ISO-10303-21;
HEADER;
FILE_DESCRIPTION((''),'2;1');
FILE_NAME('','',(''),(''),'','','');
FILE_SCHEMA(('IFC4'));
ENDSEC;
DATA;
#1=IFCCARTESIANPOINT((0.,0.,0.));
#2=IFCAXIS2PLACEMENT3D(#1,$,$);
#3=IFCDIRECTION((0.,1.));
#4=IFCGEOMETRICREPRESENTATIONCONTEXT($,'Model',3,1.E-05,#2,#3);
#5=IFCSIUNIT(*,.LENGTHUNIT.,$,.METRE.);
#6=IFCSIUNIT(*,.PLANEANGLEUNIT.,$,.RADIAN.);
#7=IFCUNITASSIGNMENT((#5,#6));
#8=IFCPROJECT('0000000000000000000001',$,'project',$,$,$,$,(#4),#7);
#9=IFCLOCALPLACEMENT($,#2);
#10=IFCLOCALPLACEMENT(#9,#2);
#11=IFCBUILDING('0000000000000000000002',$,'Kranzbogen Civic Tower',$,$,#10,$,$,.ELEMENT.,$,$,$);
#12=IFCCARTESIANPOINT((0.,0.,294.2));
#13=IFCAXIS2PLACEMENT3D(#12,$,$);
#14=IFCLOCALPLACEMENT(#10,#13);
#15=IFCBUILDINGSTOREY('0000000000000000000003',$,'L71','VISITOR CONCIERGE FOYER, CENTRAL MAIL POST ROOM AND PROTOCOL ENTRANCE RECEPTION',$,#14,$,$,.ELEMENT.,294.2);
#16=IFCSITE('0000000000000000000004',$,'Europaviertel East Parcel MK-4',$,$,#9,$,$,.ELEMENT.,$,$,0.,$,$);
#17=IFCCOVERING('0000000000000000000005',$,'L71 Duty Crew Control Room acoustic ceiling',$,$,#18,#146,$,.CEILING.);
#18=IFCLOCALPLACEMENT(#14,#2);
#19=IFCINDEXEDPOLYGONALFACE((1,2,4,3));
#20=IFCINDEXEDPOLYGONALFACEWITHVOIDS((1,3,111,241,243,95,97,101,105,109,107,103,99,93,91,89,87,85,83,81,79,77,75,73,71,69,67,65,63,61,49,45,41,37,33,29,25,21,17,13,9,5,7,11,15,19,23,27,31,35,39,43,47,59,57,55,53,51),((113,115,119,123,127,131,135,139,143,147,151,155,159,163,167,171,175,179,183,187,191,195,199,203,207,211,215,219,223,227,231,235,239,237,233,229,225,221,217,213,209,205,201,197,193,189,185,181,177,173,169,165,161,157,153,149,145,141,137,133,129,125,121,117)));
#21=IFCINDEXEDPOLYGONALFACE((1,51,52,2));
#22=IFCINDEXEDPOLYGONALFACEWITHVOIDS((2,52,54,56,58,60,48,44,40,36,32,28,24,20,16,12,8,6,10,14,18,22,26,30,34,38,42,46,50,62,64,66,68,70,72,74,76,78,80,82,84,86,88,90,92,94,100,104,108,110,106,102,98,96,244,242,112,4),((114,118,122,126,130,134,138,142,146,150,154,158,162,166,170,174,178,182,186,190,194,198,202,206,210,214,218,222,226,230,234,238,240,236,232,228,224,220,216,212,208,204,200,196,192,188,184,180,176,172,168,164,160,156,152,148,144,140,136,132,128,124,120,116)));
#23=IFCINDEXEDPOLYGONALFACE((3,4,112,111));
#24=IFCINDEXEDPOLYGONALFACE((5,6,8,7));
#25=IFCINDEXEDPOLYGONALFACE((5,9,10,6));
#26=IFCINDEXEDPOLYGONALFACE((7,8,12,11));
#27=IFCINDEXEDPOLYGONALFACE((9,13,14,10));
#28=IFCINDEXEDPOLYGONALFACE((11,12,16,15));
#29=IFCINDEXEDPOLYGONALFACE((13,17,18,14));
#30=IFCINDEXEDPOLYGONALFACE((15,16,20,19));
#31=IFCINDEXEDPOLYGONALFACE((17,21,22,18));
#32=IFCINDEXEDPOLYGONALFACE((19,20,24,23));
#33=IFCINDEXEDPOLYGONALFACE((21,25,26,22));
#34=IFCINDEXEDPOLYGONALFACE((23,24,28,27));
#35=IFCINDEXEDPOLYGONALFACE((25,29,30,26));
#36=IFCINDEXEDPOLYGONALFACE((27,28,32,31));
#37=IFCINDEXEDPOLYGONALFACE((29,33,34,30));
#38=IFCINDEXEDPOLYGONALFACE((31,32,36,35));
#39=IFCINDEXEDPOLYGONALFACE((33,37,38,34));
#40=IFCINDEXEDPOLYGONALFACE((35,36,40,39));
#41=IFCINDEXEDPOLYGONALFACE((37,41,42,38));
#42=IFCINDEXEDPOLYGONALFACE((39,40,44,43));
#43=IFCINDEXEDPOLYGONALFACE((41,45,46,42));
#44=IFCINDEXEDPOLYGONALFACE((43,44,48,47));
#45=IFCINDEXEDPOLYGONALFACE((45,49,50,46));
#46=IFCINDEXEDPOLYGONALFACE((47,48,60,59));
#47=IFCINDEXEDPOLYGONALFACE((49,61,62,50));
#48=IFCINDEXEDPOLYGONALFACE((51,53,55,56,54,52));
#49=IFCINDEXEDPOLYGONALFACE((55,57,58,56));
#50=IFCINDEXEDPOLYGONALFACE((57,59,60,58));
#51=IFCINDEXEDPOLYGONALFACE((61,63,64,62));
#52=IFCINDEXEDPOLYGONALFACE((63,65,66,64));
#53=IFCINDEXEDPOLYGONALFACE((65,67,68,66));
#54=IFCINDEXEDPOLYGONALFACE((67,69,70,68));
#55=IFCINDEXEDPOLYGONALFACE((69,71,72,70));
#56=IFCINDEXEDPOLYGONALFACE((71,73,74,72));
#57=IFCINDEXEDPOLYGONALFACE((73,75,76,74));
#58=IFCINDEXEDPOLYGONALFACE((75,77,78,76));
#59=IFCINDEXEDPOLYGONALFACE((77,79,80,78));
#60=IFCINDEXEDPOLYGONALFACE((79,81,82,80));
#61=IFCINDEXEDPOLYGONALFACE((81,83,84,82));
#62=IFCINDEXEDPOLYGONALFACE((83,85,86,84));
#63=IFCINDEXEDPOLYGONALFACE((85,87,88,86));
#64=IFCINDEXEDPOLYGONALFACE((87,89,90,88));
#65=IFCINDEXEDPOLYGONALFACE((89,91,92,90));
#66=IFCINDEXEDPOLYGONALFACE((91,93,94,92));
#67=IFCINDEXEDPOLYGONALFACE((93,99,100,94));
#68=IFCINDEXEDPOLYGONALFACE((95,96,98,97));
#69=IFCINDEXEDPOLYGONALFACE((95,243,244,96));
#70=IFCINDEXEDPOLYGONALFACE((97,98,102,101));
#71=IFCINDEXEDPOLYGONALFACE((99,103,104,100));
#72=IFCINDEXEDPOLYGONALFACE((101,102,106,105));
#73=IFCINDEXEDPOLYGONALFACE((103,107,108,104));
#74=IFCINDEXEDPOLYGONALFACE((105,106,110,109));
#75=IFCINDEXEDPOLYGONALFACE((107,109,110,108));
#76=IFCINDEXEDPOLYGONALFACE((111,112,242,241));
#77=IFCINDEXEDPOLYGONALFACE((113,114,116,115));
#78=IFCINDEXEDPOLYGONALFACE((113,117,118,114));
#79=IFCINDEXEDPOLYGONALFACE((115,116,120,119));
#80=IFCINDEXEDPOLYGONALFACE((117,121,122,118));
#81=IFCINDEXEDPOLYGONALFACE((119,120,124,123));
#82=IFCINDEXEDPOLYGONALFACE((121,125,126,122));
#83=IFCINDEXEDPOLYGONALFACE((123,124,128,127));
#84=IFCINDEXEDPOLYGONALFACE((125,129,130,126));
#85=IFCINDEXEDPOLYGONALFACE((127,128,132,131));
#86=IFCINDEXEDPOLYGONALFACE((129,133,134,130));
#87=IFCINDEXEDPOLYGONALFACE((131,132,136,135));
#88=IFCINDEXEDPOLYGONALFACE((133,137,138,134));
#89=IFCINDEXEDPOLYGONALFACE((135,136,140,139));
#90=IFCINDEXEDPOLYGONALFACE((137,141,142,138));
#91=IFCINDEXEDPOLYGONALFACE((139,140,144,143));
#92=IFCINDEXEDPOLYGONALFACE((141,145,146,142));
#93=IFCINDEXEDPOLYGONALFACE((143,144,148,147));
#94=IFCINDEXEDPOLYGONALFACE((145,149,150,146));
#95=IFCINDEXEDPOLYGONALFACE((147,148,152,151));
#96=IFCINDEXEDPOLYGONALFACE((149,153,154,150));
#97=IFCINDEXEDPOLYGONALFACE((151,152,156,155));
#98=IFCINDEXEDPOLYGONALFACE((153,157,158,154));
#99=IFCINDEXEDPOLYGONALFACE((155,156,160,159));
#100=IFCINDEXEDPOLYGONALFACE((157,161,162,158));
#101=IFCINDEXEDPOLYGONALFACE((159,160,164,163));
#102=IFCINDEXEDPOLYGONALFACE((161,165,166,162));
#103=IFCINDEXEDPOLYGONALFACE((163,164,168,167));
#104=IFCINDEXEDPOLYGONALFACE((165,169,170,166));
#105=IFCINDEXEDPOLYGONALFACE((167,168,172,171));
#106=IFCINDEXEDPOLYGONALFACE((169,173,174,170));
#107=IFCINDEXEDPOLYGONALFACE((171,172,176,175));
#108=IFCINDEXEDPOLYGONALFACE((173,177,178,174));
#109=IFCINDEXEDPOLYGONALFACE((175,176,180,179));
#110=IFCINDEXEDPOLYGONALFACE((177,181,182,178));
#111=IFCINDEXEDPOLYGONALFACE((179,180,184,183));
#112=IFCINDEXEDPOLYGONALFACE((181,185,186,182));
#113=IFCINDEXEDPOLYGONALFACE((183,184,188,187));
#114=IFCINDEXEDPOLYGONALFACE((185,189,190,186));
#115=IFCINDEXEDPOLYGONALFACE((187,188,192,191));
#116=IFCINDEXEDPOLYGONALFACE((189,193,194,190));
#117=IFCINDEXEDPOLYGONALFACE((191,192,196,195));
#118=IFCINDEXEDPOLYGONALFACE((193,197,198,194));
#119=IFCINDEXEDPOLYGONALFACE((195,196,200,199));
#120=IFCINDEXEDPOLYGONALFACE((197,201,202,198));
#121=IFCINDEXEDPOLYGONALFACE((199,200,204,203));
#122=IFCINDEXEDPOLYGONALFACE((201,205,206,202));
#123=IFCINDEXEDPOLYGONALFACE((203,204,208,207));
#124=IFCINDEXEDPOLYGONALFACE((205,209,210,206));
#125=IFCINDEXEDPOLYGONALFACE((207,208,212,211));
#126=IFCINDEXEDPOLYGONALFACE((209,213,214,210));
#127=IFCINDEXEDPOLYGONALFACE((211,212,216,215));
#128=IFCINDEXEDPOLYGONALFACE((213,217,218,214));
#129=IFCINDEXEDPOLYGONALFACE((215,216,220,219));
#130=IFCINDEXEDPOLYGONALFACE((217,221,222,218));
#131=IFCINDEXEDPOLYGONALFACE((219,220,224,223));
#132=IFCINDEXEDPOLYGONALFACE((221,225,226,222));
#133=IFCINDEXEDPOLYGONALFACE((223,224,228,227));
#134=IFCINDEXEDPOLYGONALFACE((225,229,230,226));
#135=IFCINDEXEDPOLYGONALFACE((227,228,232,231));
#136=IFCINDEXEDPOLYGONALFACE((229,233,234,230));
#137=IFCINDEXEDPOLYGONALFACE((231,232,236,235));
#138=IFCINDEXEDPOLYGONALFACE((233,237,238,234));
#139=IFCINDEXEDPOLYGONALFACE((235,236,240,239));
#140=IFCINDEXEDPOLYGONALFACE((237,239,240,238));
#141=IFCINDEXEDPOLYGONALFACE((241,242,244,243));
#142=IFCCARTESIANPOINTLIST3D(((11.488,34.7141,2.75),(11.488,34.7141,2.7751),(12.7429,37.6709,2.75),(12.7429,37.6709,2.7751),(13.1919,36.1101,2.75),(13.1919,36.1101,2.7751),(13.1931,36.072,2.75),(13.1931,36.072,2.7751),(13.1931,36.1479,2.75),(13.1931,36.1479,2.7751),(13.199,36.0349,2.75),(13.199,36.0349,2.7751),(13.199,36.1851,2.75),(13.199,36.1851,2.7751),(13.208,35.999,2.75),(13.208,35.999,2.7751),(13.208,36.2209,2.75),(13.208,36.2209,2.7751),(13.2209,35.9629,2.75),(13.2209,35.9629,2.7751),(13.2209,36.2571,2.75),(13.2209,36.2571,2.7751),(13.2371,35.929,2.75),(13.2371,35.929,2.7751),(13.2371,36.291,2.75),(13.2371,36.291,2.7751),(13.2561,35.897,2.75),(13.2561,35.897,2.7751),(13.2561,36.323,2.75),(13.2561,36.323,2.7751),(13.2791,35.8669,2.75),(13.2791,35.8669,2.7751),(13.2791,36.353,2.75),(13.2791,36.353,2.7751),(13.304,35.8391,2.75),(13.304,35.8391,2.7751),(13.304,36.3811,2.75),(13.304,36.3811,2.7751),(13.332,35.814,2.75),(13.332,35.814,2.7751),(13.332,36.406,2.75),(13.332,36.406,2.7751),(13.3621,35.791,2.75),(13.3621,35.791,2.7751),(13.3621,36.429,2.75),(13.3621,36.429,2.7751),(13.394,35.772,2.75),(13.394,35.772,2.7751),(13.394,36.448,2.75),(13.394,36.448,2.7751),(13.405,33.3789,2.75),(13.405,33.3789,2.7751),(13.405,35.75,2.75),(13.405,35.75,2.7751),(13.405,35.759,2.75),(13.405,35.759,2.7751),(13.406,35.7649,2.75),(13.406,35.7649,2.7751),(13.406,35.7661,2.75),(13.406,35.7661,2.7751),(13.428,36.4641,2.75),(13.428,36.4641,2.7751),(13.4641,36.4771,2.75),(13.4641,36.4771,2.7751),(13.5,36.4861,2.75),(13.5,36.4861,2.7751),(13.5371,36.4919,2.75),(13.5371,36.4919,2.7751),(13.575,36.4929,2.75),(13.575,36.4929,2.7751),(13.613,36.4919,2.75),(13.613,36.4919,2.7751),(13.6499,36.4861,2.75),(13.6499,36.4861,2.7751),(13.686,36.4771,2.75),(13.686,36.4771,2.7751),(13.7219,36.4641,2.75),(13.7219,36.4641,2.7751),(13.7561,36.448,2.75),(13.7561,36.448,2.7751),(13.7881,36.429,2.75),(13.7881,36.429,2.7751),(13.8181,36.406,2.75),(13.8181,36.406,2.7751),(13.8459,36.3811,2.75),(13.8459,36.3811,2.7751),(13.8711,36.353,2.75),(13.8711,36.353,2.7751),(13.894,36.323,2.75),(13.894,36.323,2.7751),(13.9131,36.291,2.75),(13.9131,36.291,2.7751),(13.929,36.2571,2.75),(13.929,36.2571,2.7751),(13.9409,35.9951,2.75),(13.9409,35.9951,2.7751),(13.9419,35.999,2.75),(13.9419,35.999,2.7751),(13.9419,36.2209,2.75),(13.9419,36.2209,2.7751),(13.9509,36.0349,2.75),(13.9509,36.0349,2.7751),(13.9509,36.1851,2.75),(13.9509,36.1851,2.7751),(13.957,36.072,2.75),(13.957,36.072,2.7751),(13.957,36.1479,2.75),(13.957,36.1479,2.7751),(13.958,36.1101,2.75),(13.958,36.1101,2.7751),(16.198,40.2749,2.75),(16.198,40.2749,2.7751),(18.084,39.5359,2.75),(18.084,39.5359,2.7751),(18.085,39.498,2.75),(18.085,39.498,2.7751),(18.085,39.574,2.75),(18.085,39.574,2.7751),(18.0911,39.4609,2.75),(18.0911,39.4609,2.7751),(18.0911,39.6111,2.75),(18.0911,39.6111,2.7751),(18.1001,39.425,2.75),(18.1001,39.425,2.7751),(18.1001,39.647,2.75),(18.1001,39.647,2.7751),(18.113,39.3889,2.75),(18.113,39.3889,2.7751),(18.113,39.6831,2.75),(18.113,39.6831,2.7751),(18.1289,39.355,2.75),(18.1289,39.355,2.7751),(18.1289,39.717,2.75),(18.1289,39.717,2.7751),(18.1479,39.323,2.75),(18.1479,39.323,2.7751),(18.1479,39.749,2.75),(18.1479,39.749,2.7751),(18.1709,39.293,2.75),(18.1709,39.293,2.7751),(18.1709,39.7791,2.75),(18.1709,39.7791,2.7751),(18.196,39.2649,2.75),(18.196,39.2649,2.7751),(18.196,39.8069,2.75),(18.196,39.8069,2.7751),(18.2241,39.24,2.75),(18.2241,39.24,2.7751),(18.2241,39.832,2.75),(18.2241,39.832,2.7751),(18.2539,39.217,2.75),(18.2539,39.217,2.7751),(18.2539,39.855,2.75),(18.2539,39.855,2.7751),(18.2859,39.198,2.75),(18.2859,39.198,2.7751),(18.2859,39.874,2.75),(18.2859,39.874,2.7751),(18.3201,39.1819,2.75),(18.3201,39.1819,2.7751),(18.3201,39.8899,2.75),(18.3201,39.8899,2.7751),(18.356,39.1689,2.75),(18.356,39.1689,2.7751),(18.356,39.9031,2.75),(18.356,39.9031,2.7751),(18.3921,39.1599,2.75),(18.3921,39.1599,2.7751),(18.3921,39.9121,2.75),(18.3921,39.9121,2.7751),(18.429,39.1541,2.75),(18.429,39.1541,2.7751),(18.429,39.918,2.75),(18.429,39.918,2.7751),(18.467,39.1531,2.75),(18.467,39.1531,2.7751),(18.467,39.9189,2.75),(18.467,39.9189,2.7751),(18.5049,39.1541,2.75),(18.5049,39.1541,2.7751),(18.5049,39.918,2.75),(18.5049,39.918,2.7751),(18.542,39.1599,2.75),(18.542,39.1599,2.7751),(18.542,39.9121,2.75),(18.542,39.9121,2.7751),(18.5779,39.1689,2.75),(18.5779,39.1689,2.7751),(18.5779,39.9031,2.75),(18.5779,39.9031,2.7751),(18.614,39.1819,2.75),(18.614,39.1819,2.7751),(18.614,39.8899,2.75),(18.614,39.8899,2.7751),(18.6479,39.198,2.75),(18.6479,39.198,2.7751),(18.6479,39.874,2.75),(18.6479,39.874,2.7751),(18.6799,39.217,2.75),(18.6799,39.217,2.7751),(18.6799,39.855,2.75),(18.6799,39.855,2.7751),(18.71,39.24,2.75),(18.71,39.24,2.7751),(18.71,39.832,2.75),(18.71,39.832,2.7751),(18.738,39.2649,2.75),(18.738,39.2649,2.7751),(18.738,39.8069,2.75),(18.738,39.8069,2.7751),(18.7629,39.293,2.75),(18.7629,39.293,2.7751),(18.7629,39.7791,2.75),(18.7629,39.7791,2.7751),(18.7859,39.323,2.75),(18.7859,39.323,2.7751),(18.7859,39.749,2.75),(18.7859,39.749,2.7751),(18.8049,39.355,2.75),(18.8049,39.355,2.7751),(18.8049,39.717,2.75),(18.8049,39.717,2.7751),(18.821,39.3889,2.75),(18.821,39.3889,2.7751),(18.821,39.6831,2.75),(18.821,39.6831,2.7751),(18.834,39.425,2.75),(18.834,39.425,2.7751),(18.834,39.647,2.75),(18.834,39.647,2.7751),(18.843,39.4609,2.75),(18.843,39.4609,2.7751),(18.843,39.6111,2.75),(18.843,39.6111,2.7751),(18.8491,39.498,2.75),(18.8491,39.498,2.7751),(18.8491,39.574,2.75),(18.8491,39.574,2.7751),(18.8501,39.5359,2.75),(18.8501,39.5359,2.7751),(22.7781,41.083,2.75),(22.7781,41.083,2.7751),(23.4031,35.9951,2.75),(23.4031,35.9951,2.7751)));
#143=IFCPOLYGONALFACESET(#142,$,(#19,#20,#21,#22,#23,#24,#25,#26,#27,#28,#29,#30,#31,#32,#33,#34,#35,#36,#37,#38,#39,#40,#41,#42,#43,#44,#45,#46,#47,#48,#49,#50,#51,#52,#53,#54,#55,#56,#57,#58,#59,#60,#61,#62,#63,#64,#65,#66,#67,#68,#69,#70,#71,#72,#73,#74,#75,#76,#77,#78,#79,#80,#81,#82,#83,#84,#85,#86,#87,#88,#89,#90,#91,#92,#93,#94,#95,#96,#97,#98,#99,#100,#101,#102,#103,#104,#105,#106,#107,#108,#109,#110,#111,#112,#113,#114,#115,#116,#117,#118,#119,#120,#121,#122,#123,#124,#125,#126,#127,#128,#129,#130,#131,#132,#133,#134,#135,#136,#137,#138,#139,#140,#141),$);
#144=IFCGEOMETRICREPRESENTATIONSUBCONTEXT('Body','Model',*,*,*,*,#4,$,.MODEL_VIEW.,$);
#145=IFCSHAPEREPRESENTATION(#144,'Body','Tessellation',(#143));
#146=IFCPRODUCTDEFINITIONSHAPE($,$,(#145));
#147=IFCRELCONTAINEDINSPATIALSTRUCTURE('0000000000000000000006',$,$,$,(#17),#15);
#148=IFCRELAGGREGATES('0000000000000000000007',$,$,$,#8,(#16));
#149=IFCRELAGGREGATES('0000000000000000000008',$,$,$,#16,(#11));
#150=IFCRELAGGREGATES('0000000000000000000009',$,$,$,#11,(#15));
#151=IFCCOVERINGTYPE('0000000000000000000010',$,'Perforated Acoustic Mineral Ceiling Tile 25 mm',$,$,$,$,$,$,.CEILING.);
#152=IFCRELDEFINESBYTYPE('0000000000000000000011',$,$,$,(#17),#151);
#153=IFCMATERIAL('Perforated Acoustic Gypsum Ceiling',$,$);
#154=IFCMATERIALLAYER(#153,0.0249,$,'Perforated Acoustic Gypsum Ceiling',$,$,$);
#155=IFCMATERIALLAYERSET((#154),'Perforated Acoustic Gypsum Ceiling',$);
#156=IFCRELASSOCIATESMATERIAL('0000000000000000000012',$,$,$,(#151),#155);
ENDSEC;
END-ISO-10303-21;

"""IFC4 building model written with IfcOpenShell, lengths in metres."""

from ifc_helpers import new_model, si_unit, direction, frame, origin, place, context, subcontext, project, spatial, polyline, outline, extrude, material, layer, layer_set, type_object, element, save


model = new_model("IFC4")

# Units and contexts
model_context = context("Model", 3, precision=1e-05, world=origin(), true_north=direction((0.0, 1.0)))
body_context = subcontext(model_context, "Body", "Model", "MODEL_VIEW")
ifc_project = project(units=[si_unit("LENGTHUNIT", "METRE"), si_unit("PLANEANGLEUNIT", "RADIAN")], contexts=[model_context])

# Site, building, storey
site_placement = place(None, origin())
site = spatial("IfcSite", under=ifc_project, at=site_placement, Name="Europaviertel East Parcel MK-4", CompositionType="ELEMENT", RefElevation=0.0)
building_placement = place(site_placement, origin())
building = spatial("IfcBuilding", under=site, at=building_placement, Name="Kranzbogen Civic Tower", CompositionType="ELEMENT")
storey_placement = place(building_placement, frame((0.0, 0.0, 294.2)))
storey = spatial("IfcBuildingStorey", under=building, at=storey_placement, Name="L71", Description="VISITOR CONCIERGE FOYER, CENTRAL MAIL POST ROOM AND PROTOCOL ENTRANCE RECEPTION", CompositionType="ELEMENT", Elevation=294.2)

# Covering
ifc_material_1 = material(Name="Perforated Acoustic Gypsum Ceiling")
ifc_layer_1 = layer(ifc_material_1, 0.0249, Name="Perforated Acoustic Gypsum Ceiling")
ifc_layer_set_1 = layer_set([ifc_layer_1], Name="Perforated Acoustic Gypsum Ceiling")
covering_type = type_object("IfcCoveringType", Name="Perforated Acoustic Mineral Ceiling Tile 25 mm", PredefinedType="CEILING", material=ifc_layer_set_1)
covering_1_placement = place(storey_placement, frame((0.0, 0.0, 2.75)))
element("IfcCovering", 1, at=covering_1_placement, inside=storey, type_object=covering_type, Name="L71 Duty Crew Control Room acoustic ceiling", PredefinedType="CEILING", context=body_context, shape_type="SweptSolid", body=[
    extrude(outline(polyline([(16.198, 40.2749), (22.7781, 41.083), (23.4031, 35.9951), (13.9409, 35.9951), (13.9419, 35.999), (13.9509, 36.0349), (13.957, 36.072), (13.958, 36.1101), (13.957, 36.1479), (13.9509, 36.1851), (13.9419, 36.2209), (13.929, 36.2571), (13.9131, 36.291), (13.894, 36.323), (13.8711, 36.353), (13.8459, 36.3811), (13.8181, 36.406), (13.7881, 36.429), (13.7561, 36.448), (13.7219, 36.4641), (13.686, 36.4771), (13.6499, 36.4861), (13.613, 36.4919), (13.575, 36.4929), (13.5371, 36.4919), (13.5, 36.4861), (13.4641, 36.4771), (13.428, 36.4641), (13.394, 36.448), (13.3621, 36.429), (13.332, 36.406), (13.304, 36.3811), (13.2791, 36.353), (13.2561, 36.323), (13.2371, 36.291), (13.2209, 36.2571), (13.208, 36.2209), (13.199, 36.1851), (13.1931, 36.1479), (13.1919, 36.1101), (13.1931, 36.072), (13.199, 36.0349), (13.208, 35.999), (13.2209, 35.9629), (13.2371, 35.929), (13.2561, 35.897), (13.2791, 35.8669), (13.304, 35.8391), (13.332, 35.814), (13.3621, 35.791), (13.394, 35.772), (13.406, 35.7661), (13.406, 35.7649), (13.405, 35.759), (13.405, 35.75), (13.405, 33.3789), (11.488, 34.7141), (12.7429, 37.6709), (16.198, 40.2749)]), holes=[polyline([(18.821, 39.3889), (18.8049, 39.355), (18.7859, 39.323), (18.7629, 39.293), (18.738, 39.2649), (18.71, 39.24), (18.6799, 39.217), (18.6479, 39.198), (18.614, 39.1819), (18.5779, 39.1689), (18.542, 39.1599), (18.5049, 39.1541), (18.467, 39.1531), (18.429, 39.1541), (18.3921, 39.1599), (18.356, 39.1689), (18.3201, 39.1819), (18.2859, 39.198), (18.2539, 39.217), (18.2241, 39.24), (18.196, 39.2649), (18.1709, 39.293), (18.1479, 39.323), (18.1289, 39.355), (18.113, 39.3889), (18.1001, 39.425), (18.0911, 39.4609), (18.085, 39.498), (18.084, 39.5359), (18.085, 39.574), (18.0911, 39.6111), (18.1001, 39.647), (18.113, 39.6831), (18.1289, 39.717), (18.1479, 39.749), (18.1709, 39.7791), (18.196, 39.8069), (18.2241, 39.832), (18.2539, 39.855), (18.2859, 39.874), (18.3201, 39.8899), (18.356, 39.9031), (18.3921, 39.9121), (18.429, 39.918), (18.467, 39.9189), (18.5049, 39.918), (18.542, 39.9121), (18.5779, 39.9031), (18.614, 39.8899), (18.6479, 39.874), (18.6799, 39.855), (18.71, 39.832), (18.738, 39.8069), (18.7629, 39.7791), (18.7859, 39.749), (18.8049, 39.717), (18.821, 39.6831), (18.834, 39.647), (18.843, 39.6111), (18.8491, 39.574), (18.8501, 39.5359), (18.8491, 39.498), (18.843, 39.4609), (18.834, 39.425), (18.821, 39.3889)])]), origin(), (0.0, 0.0, 1.0), 0.0251),
])

save(model, "model.ifc")
